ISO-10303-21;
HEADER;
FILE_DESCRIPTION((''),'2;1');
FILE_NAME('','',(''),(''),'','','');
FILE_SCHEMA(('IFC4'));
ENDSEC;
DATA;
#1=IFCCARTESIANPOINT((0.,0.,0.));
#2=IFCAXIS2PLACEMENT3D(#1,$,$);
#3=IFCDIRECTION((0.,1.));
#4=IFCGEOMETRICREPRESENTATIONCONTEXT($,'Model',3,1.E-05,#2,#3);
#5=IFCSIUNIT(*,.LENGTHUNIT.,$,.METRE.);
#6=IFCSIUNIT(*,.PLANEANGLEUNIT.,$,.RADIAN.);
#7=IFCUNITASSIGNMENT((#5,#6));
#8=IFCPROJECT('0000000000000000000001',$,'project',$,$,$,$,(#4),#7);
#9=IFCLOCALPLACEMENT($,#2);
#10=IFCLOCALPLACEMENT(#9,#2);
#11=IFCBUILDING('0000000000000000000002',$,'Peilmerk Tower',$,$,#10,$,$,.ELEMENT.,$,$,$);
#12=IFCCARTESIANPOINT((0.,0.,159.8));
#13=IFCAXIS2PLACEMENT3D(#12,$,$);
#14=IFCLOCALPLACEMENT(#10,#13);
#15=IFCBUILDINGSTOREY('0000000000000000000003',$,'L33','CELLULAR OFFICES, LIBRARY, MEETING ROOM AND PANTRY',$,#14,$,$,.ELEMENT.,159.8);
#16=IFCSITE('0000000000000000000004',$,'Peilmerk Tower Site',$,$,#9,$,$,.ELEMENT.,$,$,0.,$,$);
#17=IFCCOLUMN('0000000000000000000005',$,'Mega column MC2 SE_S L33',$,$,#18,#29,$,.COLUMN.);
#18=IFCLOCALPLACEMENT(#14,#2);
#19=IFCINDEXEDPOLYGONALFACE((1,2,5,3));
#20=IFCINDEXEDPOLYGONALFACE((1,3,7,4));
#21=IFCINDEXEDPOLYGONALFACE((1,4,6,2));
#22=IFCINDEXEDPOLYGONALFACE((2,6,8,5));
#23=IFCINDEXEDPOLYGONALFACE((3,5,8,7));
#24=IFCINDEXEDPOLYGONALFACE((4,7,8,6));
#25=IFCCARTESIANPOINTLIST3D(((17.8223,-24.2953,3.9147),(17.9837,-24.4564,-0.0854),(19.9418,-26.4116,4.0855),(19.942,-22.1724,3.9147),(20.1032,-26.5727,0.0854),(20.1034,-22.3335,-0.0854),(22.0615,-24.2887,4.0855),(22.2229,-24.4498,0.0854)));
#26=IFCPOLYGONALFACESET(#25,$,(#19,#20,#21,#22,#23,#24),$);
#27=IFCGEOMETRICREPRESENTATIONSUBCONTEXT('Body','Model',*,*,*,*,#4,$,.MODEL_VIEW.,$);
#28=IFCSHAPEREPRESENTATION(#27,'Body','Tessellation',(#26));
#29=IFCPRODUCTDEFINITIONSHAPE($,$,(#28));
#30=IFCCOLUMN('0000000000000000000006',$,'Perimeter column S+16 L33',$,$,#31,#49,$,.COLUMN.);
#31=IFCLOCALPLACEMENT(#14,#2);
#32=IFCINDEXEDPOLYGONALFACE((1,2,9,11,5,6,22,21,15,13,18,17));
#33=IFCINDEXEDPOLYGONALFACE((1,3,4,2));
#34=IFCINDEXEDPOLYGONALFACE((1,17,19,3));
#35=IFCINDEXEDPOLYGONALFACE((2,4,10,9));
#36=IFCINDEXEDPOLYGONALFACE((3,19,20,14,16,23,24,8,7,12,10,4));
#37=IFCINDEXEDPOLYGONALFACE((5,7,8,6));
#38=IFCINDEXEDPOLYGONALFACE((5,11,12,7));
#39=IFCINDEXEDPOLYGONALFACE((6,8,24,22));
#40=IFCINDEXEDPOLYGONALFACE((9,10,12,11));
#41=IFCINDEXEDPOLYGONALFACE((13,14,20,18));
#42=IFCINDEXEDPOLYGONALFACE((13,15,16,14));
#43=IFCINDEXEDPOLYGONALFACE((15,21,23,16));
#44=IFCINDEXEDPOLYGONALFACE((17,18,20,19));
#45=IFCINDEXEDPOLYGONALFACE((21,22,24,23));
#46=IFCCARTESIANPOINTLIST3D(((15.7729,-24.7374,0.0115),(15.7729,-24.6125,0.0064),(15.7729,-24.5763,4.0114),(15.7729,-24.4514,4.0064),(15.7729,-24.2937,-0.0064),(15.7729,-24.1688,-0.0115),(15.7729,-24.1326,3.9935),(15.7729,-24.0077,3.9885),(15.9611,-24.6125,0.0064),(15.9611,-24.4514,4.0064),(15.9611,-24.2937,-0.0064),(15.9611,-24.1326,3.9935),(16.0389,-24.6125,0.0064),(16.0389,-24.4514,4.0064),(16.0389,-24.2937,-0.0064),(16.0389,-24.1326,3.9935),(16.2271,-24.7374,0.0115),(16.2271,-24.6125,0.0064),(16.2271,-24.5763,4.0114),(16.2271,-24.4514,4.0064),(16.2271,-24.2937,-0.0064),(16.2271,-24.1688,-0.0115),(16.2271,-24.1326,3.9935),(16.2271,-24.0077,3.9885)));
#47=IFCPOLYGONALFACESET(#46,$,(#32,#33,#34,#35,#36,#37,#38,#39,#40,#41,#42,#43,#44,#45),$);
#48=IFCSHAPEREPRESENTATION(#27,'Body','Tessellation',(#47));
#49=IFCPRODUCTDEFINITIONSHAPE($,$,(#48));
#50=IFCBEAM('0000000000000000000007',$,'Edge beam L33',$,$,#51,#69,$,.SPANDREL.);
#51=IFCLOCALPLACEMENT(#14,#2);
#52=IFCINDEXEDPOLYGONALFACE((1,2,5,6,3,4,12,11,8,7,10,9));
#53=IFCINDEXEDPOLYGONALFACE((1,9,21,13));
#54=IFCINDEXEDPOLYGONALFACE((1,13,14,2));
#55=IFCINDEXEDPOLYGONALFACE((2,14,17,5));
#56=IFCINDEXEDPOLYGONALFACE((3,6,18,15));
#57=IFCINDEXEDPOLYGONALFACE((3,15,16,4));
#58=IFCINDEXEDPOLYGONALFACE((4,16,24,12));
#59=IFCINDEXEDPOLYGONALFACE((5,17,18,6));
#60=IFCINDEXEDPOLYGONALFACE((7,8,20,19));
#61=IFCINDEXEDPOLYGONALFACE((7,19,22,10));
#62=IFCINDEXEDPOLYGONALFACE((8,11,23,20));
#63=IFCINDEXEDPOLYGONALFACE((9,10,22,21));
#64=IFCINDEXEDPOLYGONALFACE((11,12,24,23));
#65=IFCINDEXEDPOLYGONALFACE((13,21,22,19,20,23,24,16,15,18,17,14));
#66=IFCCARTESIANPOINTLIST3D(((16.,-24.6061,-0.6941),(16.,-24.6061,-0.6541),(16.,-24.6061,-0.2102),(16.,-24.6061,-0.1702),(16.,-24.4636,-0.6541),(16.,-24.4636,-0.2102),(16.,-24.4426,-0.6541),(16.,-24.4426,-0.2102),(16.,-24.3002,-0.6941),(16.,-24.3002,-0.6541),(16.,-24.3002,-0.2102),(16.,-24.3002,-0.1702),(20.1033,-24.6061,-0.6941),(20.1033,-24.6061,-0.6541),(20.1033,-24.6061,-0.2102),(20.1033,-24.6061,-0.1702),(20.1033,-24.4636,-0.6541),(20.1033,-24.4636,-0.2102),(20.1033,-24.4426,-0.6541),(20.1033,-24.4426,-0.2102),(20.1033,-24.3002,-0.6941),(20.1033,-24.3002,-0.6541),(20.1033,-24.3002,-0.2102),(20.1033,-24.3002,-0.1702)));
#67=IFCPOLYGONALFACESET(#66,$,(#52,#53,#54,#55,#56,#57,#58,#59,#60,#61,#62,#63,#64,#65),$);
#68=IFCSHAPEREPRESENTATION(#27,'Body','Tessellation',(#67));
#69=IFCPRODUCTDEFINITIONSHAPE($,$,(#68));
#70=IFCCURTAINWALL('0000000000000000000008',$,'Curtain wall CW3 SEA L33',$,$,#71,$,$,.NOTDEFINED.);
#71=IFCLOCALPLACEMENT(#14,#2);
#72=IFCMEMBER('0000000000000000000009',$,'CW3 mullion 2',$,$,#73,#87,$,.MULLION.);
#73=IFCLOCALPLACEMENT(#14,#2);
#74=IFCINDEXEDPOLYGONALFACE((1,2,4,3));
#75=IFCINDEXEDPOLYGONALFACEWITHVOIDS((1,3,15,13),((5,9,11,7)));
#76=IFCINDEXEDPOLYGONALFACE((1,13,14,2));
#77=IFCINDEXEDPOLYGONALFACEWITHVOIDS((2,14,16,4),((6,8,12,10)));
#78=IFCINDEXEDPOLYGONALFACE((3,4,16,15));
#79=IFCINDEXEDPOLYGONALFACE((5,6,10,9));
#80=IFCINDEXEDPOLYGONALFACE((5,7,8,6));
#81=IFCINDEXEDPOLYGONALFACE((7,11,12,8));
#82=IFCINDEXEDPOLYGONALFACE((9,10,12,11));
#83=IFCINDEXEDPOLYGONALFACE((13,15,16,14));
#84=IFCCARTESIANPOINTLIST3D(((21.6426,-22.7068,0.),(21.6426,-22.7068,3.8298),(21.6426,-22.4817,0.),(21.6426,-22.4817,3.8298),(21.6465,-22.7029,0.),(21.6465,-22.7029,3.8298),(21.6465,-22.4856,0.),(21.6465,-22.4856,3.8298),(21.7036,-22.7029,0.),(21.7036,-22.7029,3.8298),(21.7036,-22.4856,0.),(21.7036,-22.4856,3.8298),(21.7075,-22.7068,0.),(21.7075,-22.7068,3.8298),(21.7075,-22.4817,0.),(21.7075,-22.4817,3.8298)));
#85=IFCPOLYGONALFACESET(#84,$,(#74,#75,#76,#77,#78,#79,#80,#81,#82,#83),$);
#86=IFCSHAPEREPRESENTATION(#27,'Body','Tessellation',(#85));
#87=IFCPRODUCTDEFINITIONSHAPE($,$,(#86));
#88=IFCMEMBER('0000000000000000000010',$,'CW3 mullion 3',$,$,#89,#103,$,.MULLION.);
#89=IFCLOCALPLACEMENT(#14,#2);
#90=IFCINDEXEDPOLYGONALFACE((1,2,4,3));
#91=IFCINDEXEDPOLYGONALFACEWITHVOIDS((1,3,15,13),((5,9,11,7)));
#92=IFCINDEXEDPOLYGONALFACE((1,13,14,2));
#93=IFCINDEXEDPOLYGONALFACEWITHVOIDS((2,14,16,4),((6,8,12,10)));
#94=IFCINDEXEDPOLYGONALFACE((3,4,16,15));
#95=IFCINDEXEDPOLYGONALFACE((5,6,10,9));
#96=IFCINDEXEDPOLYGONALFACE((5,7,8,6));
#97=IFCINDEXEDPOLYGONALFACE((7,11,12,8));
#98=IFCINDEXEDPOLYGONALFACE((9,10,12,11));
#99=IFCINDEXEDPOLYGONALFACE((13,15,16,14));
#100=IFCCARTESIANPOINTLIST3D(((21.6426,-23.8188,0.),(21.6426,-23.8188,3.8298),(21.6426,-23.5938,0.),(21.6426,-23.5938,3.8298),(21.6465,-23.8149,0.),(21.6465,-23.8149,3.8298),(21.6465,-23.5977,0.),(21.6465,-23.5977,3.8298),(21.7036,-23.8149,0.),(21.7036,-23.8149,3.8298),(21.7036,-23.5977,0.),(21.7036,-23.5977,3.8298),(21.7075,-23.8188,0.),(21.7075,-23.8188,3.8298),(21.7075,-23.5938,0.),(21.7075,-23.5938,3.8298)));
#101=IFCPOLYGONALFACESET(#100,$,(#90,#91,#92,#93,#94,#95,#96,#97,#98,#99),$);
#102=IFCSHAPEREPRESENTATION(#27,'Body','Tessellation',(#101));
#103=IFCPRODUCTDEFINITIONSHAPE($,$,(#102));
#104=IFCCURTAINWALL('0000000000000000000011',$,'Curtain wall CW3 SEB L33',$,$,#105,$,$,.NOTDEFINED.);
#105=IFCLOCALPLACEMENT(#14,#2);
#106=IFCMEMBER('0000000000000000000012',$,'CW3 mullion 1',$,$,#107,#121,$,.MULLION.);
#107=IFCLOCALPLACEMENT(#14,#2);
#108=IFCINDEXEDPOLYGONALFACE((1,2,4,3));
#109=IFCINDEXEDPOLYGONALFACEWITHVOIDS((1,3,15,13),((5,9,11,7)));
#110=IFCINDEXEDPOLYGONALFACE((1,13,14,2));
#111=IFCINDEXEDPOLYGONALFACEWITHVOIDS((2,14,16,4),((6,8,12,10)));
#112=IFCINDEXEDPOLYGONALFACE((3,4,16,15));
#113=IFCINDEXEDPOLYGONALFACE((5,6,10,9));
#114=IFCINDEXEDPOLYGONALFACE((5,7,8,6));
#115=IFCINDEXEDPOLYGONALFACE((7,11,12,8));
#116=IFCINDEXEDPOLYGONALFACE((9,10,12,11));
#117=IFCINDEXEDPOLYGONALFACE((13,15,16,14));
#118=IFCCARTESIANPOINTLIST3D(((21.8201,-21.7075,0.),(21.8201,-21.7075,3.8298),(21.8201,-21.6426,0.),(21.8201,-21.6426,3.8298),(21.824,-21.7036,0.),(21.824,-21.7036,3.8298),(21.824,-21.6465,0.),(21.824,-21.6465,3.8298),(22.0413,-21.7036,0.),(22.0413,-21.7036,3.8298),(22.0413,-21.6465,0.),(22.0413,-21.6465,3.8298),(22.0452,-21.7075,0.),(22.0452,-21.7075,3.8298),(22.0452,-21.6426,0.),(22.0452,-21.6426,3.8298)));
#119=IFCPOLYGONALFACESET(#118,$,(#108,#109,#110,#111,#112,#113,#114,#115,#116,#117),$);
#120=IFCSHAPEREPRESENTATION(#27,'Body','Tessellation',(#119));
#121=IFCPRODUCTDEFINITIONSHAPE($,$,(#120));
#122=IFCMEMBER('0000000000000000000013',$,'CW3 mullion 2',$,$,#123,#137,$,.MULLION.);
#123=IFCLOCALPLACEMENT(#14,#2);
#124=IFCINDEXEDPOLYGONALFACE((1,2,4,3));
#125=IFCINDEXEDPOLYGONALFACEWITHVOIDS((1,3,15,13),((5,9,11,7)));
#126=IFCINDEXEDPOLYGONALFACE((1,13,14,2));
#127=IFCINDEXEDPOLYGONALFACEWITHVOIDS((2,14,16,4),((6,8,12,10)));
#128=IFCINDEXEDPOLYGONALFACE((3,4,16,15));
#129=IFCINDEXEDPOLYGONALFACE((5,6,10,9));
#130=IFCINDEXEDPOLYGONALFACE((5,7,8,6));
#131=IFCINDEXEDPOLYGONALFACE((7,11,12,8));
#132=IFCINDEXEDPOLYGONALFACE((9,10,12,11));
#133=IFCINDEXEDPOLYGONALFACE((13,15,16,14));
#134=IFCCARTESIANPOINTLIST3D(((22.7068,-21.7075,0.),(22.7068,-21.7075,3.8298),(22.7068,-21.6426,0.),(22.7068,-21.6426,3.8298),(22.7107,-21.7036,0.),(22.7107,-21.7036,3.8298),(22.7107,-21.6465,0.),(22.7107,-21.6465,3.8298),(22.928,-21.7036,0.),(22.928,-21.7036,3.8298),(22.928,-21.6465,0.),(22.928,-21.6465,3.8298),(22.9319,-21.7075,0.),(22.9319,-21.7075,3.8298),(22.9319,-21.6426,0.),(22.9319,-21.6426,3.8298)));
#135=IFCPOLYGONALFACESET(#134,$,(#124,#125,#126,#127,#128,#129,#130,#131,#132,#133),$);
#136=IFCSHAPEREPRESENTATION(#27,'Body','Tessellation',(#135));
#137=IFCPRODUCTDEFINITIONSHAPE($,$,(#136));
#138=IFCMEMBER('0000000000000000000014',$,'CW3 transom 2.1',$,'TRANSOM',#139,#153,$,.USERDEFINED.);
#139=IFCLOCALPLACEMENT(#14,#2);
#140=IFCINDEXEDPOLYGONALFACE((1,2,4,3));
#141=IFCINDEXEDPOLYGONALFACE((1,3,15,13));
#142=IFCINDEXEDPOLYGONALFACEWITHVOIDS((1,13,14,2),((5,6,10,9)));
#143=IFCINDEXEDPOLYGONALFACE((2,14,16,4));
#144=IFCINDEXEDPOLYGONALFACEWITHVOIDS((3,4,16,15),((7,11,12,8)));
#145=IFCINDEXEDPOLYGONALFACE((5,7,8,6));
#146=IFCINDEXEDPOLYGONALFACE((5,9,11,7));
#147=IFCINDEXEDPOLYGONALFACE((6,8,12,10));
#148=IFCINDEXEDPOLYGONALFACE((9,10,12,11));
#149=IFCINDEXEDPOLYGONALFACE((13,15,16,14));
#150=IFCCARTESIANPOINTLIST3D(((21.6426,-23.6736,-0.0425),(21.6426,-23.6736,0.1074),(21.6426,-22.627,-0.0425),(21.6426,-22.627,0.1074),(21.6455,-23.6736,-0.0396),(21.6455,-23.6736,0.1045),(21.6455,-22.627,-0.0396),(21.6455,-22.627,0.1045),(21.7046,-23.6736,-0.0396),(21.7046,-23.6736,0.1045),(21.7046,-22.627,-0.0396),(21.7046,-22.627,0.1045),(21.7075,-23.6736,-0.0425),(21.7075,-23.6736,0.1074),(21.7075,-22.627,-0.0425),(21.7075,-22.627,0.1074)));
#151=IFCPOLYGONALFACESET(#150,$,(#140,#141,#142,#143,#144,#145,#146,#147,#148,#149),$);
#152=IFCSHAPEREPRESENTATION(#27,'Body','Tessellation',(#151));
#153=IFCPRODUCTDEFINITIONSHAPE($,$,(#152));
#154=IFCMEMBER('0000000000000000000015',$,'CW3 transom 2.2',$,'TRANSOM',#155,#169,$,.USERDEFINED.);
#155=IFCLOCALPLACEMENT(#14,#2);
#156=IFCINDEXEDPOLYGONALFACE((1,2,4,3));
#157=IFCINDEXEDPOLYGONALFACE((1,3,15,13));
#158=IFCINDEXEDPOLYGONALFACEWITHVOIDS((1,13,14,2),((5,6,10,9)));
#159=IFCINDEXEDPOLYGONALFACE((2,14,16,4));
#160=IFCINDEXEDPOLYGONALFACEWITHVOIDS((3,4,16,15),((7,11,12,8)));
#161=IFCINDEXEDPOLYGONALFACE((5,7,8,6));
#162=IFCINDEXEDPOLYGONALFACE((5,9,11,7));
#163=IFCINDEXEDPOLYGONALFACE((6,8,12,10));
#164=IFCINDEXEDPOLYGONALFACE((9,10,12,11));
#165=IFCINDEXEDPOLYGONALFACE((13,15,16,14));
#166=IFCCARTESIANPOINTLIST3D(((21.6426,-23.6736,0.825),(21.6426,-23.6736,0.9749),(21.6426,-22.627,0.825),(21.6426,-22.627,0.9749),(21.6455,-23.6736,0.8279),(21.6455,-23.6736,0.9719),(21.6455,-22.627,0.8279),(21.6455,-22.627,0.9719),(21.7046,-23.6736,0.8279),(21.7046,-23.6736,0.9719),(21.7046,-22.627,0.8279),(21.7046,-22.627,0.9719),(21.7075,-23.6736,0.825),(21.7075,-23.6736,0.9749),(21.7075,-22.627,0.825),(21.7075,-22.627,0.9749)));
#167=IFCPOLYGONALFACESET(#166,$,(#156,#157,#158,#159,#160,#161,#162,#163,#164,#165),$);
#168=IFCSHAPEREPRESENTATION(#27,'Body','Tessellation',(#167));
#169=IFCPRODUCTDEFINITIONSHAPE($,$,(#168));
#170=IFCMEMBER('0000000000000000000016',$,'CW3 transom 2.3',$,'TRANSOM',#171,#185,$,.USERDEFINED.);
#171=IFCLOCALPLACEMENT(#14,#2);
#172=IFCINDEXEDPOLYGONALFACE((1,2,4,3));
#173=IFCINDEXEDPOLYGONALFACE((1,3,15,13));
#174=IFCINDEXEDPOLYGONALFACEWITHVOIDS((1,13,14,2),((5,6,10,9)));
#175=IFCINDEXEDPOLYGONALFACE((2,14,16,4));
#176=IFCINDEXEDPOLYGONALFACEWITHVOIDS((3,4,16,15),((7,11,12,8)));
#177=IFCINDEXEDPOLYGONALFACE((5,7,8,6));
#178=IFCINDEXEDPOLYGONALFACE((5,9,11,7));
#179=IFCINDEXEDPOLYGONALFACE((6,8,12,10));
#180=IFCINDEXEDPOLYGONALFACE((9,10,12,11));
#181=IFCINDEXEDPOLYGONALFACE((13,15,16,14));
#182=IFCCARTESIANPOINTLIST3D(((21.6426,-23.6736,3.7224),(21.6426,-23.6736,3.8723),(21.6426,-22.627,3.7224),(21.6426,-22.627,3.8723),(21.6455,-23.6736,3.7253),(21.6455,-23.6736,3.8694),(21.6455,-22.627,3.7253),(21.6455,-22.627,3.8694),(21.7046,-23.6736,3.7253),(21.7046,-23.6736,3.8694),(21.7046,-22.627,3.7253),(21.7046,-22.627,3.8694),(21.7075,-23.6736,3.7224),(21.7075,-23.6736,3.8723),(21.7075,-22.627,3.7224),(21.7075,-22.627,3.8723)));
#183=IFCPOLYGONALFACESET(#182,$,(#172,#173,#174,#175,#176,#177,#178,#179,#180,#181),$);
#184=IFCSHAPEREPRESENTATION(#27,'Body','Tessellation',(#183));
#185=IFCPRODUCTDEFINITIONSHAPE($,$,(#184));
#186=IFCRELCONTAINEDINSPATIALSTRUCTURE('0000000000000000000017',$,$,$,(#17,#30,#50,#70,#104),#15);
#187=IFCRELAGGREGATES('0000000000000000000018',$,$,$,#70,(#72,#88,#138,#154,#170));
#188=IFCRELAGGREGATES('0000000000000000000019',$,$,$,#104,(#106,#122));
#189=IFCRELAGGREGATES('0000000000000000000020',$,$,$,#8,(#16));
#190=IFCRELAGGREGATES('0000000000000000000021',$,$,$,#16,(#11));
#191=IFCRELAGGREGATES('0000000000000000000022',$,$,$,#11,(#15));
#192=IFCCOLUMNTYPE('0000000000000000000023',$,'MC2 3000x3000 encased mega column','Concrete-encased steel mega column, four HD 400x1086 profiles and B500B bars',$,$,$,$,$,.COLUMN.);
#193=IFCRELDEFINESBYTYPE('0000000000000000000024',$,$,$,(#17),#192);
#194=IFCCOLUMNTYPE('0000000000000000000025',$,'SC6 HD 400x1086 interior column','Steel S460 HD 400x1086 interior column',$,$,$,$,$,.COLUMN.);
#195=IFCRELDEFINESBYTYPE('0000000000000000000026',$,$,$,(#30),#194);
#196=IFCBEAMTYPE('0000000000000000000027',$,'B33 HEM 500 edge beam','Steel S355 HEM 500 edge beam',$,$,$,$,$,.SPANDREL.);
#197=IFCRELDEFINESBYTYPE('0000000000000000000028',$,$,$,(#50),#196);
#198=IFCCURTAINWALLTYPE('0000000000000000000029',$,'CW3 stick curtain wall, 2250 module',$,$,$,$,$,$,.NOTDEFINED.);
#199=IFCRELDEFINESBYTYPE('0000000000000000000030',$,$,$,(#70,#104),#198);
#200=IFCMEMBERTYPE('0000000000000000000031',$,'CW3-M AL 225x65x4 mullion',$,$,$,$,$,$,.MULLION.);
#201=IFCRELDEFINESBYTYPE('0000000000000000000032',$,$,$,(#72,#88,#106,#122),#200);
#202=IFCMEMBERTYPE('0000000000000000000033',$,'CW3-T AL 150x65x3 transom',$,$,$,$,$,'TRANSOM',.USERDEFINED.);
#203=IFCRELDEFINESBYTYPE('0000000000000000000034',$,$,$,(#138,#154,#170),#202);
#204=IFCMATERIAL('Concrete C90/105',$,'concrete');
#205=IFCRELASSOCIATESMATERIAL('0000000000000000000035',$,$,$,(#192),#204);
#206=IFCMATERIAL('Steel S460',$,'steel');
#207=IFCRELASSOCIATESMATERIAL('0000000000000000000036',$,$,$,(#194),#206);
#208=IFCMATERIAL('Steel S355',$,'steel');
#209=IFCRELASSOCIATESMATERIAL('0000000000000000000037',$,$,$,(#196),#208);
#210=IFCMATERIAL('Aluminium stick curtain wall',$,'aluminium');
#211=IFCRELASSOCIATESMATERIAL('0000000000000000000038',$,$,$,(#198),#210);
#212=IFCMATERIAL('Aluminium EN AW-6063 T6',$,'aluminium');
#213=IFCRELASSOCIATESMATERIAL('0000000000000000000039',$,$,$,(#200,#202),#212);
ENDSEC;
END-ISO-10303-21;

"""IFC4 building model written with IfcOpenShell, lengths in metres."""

from ifc_helpers import new_model, si_unit, direction, frame, origin, origin_2d, place, context, subcontext, project, spatial, rectangle, hollow_rectangle, i_section, extrude, material, material_profile, profile_set, type_object, element, aggregate, save


model = new_model("IFC4")

# Units and contexts
model_context = context("Model", 3, precision=1e-05, world=origin(), true_north=direction((0.0, 1.0)))
body_context = subcontext(model_context, "Body", "Model", "MODEL_VIEW")
ifc_project = project(units=[si_unit("LENGTHUNIT", "METRE"), si_unit("PLANEANGLEUNIT", "RADIAN")], contexts=[model_context])

# Site, building, storey
site_placement = place(None, origin())
site = spatial("IfcSite", under=ifc_project, at=site_placement, Name="Peilmerk Tower Site", CompositionType="ELEMENT", RefElevation=0.0)
building_placement = place(site_placement, origin())
building = spatial("IfcBuilding", under=site, at=building_placement, Name="Peilmerk Tower", CompositionType="ELEMENT")
storey_placement = place(building_placement, frame((0.0, 0.0, 159.8)))
storey = spatial("IfcBuildingStorey", under=building, at=storey_placement, Name="L33", Description="CELLULAR OFFICES, LIBRARY, MEETING ROOM AND PANTRY", CompositionType="ELEMENT", Elevation=159.8)

# Columns
ifc_material_1 = material(Name="Concrete C90/105", Category="concrete")
ifc_material_profile_1 = material_profile(ifc_material_1, rectangle(XDim=3.0, YDim=3.0, at=origin_2d()), Name="RC 3000x3000")
ifc_profile_set_1 = profile_set([ifc_material_profile_1], Name="Concrete C90/105")
column_type_1 = type_object("IfcColumnType", Name="MC2 3000x3000 encased mega column", Description="Concrete-encased steel mega column, four HD 400x1086 profiles and B500B bars", PredefinedType="COLUMN", material=ifc_profile_set_1)
column_1_placement = place(storey_placement, frame((20.1033, -24.4531, 0.0), z_axis=(-0.040279, 0.040218, 0.998379), x_axis=(-0.706571, -0.707642, 0.0)))
element("IfcColumn", 1, at=column_1_placement, inside=storey, type_object=column_type_1, Name="Mega column MC2 SE_S L33", PredefinedType="COLUMN", context=body_context, shape_type="SweptSolid", body=[
    extrude(rectangle(XDim=3.0, YDim=3.0, at=origin_2d()), origin(), (0.0, 0.0, 1.0), 4.0066),
])
ifc_material_2 = material(Name="Steel S460", Category="steel")
ifc_material_profile_2 = material_profile(ifc_material_2, i_section(OverallWidth=0.4541, OverallDepth=0.5691, WebThickness=0.0779, FlangeThickness=0.125, at=origin_2d()), Name="HD 400x1086")
ifc_profile_set_2 = profile_set([ifc_material_profile_2], Name="Steel S460")
column_type_2 = type_object("IfcColumnType", Name="SC6 HD 400x1086 interior column", Description="Steel S460 HD 400x1086 interior column", PredefinedType="COLUMN", material=ifc_profile_set_2)
column_2_placement = place(storey_placement, frame((16.0, -24.4531, 0.0), z_axis=(0.0, 0.040251, 0.99919), x_axis=(-1.0, 0.0, 0.0)))
element("IfcColumn", 2, at=column_2_placement, inside=storey, type_object=column_type_2, Name="Perimeter column S+16 L33", PredefinedType="COLUMN", context=body_context, shape_type="SweptSolid", body=[
    extrude(i_section(OverallWidth=0.4541, OverallDepth=0.5691, WebThickness=0.0779, FlangeThickness=0.125, at=origin_2d()), origin(), (0.0, 0.0, 1.0), 4.0032),
])

# Beam
ifc_material_3 = material(Name="Steel S355", Category="steel")
ifc_material_profile_3 = material_profile(ifc_material_3, i_section(OverallWidth=0.3059, OverallDepth=0.5239, WebThickness=0.021, FlangeThickness=0.04, at=origin_2d()), Name="HEM 500")
ifc_profile_set_3 = profile_set([ifc_material_profile_3], Name="Steel S355")
beam_type = type_object("IfcBeamType", Name="B33 HEM 500 edge beam", Description="Steel S355 HEM 500 edge beam", PredefinedType="SPANDREL", material=ifc_profile_set_3)
beam_placement = place(storey_placement, frame((16.0, -24.4531, -0.4321), z_axis=(1.0, 0.0, 0.0), x_axis=(0.0, 1.0, 0.0)))
element("IfcBeam", 3, at=beam_placement, inside=storey, type_object=beam_type, Name="Edge beam L33", PredefinedType="SPANDREL", context=body_context, shape_type="SweptSolid", body=[
    extrude(i_section(OverallWidth=0.3059, OverallDepth=0.5239, WebThickness=0.021, FlangeThickness=0.04, at=origin_2d()), origin(), (0.0, 0.0, 1.0), 4.1033),
])

# Curtain walls, members
ifc_material_4 = material(Name="Aluminium stick curtain wall", Category="aluminium")
curtain_wall_type = type_object("IfcCurtainWallType", Name="CW3 stick curtain wall, 2250 module", PredefinedType="NOTDEFINED", material=ifc_material_4)
curtain_wall_1_placement = place(storey_placement, origin())
curtain_wall_1 = element("IfcCurtainWall", 4, at=curtain_wall_1_placement, inside=storey, type_object=curtain_wall_type, Name="Curtain wall CW3 SEA L33", PredefinedType="NOTDEFINED")
ifc_material_5 = material(Name="Aluminium EN AW-6063 T6", Category="aluminium")
ifc_material_profile_4 = material_profile(ifc_material_5, hollow_rectangle(XDim=0.0649, YDim=0.2251, WallThickness=0.0039, at=origin_2d()), Name="AL 225x65x4")
ifc_profile_set_4 = profile_set([ifc_material_profile_4], Name="Aluminium EN AW-6063 T6")
member_type_1 = type_object("IfcMemberType", Name="CW3-M AL 225x65x4 mullion", PredefinedType="MULLION", material=ifc_profile_set_4)
member_1_placement = place(storey_placement, frame((21.675, -22.5942, 0.0), z_axis=(0.0, 0.0, 1.0), x_axis=(1.0, 0.0, 0.0)))
member_1 = element("IfcMember", 5, at=member_1_placement, type_object=member_type_1, Name="CW3 mullion 2", PredefinedType="MULLION", context=body_context, shape_type="SweptSolid", body=[
    extrude(hollow_rectangle(XDim=0.0649, YDim=0.2251, WallThickness=0.0039, at=origin_2d()), origin(), (0.0, 0.0, 1.0), 3.8298),
])
member_2_placement = place(storey_placement, frame((21.675, -23.7063, 0.0), z_axis=(0.0, 0.0, 1.0), x_axis=(1.0, 0.0, 0.0)))
member_2 = element("IfcMember", 6, at=member_2_placement, type_object=member_type_1, Name="CW3 mullion 3", PredefinedType="MULLION", context=body_context, shape_type="SweptSolid", body=[
    extrude(hollow_rectangle(XDim=0.0649, YDim=0.2251, WallThickness=0.0039, at=origin_2d()), origin(), (0.0, 0.0, 1.0), 3.8298),
])
curtain_wall_2_placement = place(storey_placement, origin())
curtain_wall_2 = element("IfcCurtainWall", 7, at=curtain_wall_2_placement, inside=storey, type_object=curtain_wall_type, Name="Curtain wall CW3 SEB L33", PredefinedType="NOTDEFINED")
member_3_placement = place(storey_placement, frame((21.9326, -21.675, 0.0), z_axis=(0.0, 0.0, 1.0), x_axis=(0.0, 1.0, 0.0)))
member_3 = element("IfcMember", 8, at=member_3_placement, type_object=member_type_1, Name="CW3 mullion 1", PredefinedType="MULLION", context=body_context, shape_type="SweptSolid", body=[
    extrude(hollow_rectangle(XDim=0.0649, YDim=0.2251, WallThickness=0.0039, at=origin_2d()), origin(), (0.0, 0.0, 1.0), 3.8298),
])
member_4_placement = place(storey_placement, frame((22.8193, -21.675, 0.0), z_axis=(0.0, 0.0, 1.0), x_axis=(0.0, 1.0, 0.0)))
member_4 = element("IfcMember", 9, at=member_4_placement, type_object=member_type_1, Name="CW3 mullion 2", PredefinedType="MULLION", context=body_context, shape_type="SweptSolid", body=[
    extrude(hollow_rectangle(XDim=0.0649, YDim=0.2251, WallThickness=0.0039, at=origin_2d()), origin(), (0.0, 0.0, 1.0), 3.8298),
])

# Members
ifc_material_profile_5 = material_profile(ifc_material_5, hollow_rectangle(XDim=0.0649, YDim=0.1499, WallThickness=0.0029, at=origin_2d()), Name="AL 150x65x3")
ifc_profile_set_5 = profile_set([ifc_material_profile_5], Name="Aluminium EN AW-6063 T6")
member_type_2 = type_object("IfcMemberType", Name="CW3-T AL 150x65x3 transom", ElementType="TRANSOM", PredefinedType="USERDEFINED", material=ifc_profile_set_5)
member_5_placement = place(storey_placement, frame((21.675, -22.627, 0.0325), z_axis=(0.0, -1.0, 0.0), x_axis=(1.0, 0.0, 0.0)))
member_5 = element("IfcMember", 10, at=member_5_placement, type_object=member_type_2, Name="CW3 transom 2.1", ObjectType="TRANSOM", PredefinedType="USERDEFINED", context=body_context, shape_type="SweptSolid", body=[
    extrude(hollow_rectangle(XDim=0.0649, YDim=0.1499, WallThickness=0.0029, at=origin_2d()), origin(), (0.0, 0.0, 1.0), 1.0466),
])
member_6_placement = place(storey_placement, frame((21.675, -22.627, 0.8999), z_axis=(0.0, -1.0, 0.0), x_axis=(1.0, 0.0, 0.0)))
member_6 = element("IfcMember", 11, at=member_6_placement, type_object=member_type_2, Name="CW3 transom 2.2", ObjectType="TRANSOM", PredefinedType="USERDEFINED", context=body_context, shape_type="SweptSolid", body=[
    extrude(hollow_rectangle(XDim=0.0649, YDim=0.1499, WallThickness=0.0029, at=origin_2d()), origin(), (0.0, 0.0, 1.0), 1.0466),
])
member_7_placement = place(storey_placement, frame((21.675, -22.627, 3.7974), z_axis=(0.0, -1.0, 0.0), x_axis=(1.0, 0.0, 0.0)))
member_7 = element("IfcMember", 12, at=member_7_placement, type_object=member_type_2, Name="CW3 transom 2.3", ObjectType="TRANSOM", PredefinedType="USERDEFINED", context=body_context, shape_type="SweptSolid", body=[
    extrude(hollow_rectangle(XDim=0.0649, YDim=0.1499, WallThickness=0.0029, at=origin_2d()), origin(), (0.0, 0.0, 1.0), 1.0466),
])

aggregate(curtain_wall_1, [member_1, member_2, member_5, member_6, member_7])
aggregate(curtain_wall_2, [member_3, member_4])

save(model, "model.ifc")
